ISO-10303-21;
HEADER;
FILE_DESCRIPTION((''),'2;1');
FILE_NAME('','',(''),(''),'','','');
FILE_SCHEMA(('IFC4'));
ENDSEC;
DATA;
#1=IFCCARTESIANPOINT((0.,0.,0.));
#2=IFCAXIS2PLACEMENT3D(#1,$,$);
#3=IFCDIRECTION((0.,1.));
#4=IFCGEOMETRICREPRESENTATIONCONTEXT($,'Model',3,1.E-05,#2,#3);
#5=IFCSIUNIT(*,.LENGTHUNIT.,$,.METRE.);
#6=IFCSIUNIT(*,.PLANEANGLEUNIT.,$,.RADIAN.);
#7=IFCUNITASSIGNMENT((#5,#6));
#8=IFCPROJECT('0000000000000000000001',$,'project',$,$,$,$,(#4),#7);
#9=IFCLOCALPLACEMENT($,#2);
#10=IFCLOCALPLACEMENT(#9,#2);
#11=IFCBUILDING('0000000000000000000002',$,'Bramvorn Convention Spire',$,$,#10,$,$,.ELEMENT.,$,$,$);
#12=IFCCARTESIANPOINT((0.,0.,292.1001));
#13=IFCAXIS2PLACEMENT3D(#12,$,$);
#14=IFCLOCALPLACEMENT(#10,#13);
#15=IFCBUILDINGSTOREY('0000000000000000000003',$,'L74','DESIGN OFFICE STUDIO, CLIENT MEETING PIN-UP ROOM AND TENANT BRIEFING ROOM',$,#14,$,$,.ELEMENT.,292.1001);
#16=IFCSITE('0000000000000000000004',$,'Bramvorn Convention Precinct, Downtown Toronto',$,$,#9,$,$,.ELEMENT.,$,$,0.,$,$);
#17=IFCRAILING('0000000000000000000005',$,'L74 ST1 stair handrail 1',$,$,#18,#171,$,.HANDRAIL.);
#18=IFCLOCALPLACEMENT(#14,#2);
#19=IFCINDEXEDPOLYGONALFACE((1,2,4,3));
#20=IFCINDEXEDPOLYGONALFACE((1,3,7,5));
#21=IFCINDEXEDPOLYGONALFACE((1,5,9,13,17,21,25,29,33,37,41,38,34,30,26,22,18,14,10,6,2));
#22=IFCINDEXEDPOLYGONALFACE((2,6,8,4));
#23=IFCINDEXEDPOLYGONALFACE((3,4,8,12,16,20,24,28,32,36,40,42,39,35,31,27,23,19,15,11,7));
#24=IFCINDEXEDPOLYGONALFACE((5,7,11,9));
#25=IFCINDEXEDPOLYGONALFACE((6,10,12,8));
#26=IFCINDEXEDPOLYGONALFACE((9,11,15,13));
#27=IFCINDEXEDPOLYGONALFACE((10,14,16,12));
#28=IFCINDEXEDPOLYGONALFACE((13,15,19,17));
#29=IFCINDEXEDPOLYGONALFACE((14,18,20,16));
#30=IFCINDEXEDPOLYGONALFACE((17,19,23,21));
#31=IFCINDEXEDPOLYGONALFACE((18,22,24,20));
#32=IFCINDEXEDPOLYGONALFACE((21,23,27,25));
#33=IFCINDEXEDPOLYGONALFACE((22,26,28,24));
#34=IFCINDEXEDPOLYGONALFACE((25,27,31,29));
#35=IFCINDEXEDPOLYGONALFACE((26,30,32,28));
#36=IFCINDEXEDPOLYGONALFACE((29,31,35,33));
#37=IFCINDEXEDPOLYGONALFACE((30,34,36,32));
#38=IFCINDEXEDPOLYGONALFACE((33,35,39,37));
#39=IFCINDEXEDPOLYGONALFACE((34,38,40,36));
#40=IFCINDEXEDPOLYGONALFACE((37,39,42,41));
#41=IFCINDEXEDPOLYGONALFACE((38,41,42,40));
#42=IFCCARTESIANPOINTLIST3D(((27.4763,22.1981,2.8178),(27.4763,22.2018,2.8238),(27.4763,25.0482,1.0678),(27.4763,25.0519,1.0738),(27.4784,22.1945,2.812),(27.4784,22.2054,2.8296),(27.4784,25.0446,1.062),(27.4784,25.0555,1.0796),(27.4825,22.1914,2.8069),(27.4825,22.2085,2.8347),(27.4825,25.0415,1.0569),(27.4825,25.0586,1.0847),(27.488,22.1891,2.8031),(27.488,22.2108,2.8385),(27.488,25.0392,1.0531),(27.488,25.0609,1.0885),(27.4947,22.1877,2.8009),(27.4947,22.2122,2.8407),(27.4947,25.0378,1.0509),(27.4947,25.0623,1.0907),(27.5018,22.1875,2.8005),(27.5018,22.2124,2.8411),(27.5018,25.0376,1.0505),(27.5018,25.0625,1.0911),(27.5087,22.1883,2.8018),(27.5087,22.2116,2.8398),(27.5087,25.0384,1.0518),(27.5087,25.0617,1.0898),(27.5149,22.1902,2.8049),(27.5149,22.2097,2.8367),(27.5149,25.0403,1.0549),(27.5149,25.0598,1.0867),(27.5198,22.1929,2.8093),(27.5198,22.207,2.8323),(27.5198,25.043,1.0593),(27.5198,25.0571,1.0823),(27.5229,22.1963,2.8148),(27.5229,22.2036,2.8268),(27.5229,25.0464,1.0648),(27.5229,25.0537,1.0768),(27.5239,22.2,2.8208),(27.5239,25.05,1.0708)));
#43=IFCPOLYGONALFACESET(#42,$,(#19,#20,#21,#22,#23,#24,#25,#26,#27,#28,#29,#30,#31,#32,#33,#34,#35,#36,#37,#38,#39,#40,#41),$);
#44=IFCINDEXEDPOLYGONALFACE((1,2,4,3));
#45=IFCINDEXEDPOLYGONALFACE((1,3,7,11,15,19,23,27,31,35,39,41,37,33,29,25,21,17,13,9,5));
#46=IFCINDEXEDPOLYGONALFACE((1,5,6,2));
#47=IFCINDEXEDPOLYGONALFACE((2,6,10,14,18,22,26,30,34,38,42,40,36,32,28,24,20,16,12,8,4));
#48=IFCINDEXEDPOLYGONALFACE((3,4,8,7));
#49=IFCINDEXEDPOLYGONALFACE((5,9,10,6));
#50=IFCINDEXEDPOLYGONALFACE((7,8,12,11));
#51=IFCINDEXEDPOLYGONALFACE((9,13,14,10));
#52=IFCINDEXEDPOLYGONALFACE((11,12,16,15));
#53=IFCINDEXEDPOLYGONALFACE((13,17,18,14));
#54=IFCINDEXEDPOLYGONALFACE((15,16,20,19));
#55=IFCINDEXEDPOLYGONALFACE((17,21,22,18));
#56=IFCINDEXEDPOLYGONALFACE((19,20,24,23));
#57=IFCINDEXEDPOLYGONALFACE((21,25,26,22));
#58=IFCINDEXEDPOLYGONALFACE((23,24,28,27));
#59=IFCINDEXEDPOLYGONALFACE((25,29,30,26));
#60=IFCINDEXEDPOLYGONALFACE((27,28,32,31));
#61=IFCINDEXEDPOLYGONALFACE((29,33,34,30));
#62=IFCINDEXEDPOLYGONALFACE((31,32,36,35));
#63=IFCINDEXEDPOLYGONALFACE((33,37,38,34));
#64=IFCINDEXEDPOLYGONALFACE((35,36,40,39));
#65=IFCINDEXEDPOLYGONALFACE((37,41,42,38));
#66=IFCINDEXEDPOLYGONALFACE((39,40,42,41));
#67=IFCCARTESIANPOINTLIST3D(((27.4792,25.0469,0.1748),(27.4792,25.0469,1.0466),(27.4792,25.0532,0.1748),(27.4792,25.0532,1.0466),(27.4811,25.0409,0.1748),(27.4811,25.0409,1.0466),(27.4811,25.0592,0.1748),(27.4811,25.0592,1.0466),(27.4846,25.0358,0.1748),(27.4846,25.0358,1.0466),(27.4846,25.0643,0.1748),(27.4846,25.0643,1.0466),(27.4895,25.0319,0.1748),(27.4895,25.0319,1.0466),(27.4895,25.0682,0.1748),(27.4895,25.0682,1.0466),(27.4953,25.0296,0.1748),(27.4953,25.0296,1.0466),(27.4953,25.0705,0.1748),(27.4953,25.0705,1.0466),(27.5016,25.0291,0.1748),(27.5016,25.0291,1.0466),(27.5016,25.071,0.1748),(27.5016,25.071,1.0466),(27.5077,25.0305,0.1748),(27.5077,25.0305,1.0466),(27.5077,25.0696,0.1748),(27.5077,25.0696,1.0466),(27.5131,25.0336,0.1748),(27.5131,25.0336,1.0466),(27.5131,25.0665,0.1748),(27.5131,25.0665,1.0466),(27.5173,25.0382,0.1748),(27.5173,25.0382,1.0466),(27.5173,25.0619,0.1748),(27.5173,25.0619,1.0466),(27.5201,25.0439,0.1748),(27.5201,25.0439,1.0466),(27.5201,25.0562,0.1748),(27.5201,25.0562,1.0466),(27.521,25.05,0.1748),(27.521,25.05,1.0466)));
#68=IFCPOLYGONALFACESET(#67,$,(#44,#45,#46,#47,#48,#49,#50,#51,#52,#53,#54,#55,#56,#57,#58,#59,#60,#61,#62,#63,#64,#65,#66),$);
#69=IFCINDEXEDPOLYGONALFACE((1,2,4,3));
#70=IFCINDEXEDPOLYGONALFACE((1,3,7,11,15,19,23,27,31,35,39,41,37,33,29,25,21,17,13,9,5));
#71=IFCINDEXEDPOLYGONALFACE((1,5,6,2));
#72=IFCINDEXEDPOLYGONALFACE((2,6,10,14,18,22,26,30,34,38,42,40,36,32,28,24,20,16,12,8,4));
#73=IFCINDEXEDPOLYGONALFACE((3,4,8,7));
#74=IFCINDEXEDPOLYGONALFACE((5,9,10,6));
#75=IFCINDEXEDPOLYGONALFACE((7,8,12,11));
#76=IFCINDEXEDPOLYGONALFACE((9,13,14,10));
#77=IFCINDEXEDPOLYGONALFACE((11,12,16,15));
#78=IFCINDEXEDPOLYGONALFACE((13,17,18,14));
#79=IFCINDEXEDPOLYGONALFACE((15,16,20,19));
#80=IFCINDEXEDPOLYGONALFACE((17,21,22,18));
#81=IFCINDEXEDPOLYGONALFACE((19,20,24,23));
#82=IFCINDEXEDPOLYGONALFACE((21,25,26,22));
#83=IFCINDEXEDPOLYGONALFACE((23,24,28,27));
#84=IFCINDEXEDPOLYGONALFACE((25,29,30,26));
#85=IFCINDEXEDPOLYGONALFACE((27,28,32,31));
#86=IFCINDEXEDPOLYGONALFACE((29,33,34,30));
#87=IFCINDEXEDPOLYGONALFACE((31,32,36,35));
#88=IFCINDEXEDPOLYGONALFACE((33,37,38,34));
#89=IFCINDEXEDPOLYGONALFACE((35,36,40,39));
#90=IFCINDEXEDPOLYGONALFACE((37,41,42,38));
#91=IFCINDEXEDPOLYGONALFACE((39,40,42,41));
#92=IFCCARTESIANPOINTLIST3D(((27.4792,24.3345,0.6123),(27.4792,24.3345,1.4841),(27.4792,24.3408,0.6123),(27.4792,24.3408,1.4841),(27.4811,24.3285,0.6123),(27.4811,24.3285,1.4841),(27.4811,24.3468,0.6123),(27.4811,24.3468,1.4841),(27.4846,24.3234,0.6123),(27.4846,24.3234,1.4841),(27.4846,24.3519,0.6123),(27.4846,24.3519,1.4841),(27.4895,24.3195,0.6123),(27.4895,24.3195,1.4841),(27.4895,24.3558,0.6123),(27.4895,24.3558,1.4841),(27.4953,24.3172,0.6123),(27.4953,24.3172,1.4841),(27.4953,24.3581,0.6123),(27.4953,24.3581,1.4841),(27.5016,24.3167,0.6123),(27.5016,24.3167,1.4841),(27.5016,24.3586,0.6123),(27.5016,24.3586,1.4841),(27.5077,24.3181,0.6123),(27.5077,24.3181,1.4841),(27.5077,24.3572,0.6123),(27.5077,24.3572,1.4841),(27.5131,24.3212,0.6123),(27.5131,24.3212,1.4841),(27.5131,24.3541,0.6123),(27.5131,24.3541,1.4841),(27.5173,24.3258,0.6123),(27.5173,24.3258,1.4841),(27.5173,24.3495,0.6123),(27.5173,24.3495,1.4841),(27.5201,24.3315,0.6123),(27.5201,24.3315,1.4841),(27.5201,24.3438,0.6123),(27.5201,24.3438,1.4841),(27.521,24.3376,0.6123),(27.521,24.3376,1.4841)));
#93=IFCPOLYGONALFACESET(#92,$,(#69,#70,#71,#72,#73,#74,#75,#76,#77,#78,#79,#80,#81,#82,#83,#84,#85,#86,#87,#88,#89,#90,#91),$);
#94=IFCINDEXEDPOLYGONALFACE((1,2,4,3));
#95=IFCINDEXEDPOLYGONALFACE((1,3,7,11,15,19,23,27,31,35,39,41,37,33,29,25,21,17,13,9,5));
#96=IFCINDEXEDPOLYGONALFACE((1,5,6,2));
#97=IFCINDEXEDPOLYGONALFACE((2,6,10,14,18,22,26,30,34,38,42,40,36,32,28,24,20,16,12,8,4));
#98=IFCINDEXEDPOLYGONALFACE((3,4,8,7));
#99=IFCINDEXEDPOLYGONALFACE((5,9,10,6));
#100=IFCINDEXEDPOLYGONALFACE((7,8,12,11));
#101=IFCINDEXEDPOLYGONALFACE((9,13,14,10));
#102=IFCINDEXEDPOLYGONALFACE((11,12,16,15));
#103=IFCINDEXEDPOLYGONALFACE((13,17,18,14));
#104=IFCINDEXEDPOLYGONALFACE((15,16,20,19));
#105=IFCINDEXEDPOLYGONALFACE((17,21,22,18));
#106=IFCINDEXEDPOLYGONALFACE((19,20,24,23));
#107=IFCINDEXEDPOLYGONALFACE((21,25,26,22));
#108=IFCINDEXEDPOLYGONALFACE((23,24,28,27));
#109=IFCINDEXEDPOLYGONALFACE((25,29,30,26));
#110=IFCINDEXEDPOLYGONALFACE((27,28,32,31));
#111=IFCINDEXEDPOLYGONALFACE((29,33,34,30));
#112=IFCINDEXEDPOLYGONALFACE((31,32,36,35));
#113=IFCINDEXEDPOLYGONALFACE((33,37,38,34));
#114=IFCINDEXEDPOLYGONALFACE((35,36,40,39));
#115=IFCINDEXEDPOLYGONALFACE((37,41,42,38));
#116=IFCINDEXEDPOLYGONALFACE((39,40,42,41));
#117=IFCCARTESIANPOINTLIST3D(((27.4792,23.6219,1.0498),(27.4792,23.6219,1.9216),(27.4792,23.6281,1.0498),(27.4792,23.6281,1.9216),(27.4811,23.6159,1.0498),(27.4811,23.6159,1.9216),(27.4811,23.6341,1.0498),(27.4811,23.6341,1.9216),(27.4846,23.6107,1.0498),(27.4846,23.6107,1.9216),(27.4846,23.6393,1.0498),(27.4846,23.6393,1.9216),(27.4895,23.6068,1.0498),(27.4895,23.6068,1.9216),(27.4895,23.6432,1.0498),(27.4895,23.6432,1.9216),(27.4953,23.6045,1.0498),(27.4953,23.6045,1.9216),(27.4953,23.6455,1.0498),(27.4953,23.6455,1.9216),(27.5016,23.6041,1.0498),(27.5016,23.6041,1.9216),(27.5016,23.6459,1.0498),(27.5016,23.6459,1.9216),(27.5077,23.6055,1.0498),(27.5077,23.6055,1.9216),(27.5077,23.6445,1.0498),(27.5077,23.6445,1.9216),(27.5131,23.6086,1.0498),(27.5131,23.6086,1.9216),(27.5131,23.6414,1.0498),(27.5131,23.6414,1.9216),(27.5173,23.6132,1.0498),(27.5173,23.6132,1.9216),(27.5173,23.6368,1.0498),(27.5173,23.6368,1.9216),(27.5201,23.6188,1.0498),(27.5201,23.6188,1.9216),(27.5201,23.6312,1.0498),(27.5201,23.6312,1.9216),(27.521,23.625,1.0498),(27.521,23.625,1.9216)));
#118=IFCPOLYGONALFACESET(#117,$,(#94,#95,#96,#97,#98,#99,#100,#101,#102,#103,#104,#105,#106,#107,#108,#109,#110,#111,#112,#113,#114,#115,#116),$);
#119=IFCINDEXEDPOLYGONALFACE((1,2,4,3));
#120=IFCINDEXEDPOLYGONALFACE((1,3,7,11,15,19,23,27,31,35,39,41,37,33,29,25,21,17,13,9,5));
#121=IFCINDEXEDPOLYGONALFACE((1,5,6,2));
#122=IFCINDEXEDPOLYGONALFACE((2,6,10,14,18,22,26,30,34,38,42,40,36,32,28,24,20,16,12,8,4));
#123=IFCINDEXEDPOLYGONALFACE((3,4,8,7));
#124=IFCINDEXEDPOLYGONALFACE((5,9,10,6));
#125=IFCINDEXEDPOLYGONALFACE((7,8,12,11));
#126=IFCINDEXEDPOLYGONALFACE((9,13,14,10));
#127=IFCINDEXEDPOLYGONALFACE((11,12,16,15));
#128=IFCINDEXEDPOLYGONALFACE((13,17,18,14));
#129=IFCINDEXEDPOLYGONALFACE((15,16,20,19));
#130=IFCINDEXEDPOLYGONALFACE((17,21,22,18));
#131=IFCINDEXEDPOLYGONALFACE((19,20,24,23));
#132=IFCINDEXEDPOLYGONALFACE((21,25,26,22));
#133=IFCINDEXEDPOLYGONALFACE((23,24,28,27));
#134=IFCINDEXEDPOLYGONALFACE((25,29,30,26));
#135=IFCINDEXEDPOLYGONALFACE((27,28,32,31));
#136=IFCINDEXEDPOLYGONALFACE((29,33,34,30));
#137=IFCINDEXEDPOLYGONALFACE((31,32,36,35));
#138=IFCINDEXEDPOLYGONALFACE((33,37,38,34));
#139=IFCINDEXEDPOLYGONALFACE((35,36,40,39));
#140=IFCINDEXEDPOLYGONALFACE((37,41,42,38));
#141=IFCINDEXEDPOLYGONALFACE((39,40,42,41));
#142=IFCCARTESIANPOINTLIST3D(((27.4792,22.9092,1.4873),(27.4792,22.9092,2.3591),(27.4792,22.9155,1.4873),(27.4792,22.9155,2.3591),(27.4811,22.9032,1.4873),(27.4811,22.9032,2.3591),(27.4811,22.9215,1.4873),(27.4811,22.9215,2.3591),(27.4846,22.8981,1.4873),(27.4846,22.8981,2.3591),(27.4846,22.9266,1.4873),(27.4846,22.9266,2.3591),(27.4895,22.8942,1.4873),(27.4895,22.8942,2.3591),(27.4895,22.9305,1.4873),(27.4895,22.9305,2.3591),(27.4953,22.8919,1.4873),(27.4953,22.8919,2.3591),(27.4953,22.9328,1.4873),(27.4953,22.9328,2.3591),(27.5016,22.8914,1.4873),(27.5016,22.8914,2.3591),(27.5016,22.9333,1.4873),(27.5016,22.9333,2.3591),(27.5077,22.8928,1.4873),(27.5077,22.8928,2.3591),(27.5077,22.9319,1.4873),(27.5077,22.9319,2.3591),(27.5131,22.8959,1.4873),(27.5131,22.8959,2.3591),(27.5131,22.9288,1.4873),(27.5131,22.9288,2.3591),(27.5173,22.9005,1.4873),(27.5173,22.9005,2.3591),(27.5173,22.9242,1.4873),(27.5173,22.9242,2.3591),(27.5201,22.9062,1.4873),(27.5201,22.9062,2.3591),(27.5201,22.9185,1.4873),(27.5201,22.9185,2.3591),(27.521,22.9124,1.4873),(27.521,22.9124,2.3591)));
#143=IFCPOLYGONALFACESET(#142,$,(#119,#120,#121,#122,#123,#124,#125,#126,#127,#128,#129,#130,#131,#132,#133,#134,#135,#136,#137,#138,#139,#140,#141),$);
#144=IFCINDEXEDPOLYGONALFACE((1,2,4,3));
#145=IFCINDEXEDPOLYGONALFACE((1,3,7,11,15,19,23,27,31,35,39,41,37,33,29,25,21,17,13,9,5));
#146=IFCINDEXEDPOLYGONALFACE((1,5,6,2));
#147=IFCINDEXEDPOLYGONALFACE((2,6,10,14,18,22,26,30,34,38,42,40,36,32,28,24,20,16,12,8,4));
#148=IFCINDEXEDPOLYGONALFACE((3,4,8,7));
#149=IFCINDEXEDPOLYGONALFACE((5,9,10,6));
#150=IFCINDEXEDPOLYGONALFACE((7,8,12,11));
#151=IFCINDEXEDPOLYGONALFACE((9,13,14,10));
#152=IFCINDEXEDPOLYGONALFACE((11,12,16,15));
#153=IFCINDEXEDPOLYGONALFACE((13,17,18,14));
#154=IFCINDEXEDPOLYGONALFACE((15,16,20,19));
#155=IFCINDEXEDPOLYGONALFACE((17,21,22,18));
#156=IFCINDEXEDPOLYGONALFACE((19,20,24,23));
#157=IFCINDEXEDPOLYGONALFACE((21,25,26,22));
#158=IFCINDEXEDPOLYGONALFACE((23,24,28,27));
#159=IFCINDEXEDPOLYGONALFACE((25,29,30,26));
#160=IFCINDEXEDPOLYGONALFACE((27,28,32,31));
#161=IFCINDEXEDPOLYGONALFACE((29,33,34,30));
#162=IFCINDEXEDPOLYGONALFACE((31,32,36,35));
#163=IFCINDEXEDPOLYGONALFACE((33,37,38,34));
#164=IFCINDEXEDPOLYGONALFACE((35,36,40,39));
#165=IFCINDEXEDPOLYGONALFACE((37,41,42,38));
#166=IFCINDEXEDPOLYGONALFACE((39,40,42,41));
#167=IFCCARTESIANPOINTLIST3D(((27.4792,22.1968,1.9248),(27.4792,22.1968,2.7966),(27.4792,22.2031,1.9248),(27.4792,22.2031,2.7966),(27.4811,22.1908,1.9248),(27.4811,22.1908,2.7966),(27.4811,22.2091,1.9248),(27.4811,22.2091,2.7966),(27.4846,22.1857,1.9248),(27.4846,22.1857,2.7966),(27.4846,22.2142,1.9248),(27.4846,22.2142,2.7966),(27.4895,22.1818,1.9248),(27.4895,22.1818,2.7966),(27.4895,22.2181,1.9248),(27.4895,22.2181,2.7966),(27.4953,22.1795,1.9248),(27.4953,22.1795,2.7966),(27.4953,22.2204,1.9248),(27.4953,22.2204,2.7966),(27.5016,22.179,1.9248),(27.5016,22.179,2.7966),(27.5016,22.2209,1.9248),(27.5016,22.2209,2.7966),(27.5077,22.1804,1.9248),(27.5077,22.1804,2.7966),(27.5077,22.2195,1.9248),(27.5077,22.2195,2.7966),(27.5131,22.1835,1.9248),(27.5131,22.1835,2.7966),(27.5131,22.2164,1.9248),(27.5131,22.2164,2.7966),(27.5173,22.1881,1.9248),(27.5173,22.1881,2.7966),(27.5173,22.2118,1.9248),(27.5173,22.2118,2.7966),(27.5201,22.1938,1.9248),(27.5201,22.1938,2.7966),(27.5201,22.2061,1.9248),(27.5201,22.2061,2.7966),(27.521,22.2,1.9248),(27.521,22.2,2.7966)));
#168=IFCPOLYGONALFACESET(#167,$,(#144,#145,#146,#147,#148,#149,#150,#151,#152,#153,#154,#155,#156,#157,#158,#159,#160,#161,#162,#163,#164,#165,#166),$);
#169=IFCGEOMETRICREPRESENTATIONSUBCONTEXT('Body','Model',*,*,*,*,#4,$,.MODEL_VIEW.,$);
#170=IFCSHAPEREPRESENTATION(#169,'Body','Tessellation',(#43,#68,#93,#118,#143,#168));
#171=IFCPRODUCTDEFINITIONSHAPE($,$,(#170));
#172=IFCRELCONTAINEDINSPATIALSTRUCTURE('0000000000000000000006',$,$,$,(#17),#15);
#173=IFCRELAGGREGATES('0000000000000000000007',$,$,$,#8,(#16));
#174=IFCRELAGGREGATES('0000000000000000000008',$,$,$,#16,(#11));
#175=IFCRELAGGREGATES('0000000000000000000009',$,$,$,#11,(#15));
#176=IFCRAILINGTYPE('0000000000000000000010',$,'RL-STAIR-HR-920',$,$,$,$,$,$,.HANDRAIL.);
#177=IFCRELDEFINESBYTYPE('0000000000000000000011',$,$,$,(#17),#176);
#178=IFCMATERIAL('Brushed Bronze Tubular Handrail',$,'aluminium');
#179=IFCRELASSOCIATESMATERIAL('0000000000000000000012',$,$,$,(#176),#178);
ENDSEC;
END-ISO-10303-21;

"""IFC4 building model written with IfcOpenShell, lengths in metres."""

from ifc_helpers import new_model, si_unit, direction, frame, origin, origin_2d, place, context, subcontext, project, spatial, circle, extrude, material, type_object, element, save


model = new_model("IFC4")

# Units and contexts
model_context = context("Model", 3, precision=1e-05, world=origin(), true_north=direction((0.0, 1.0)))
body_context = subcontext(model_context, "Body", "Model", "MODEL_VIEW")
ifc_project = project(units=[si_unit("LENGTHUNIT", "METRE"), si_unit("PLANEANGLEUNIT", "RADIAN")], contexts=[model_context])

# Site, building, storey
site_placement = place(None, origin())
site = spatial("IfcSite", under=ifc_project, at=site_placement, Name="Bramvorn Convention Precinct, Downtown Toronto", CompositionType="ELEMENT", RefElevation=0.0)
building_placement = place(site_placement, origin())
building = spatial("IfcBuilding", under=site, at=building_placement, Name="Bramvorn Convention Spire", CompositionType="ELEMENT")
storey_placement = place(building_placement, frame((0.0, 0.0, 292.1001)))
storey = spatial("IfcBuildingStorey", under=building, at=storey_placement, Name="L74", Description="DESIGN OFFICE STUDIO, CLIENT MEETING PIN-UP ROOM AND TENANT BRIEFING ROOM", CompositionType="ELEMENT", Elevation=292.1001)

# Railing
ifc_material_1 = material(Name="Brushed Bronze Tubular Handrail", Category="aluminium")
railing_type_1 = type_object("IfcRailingType", Name="RL-STAIR-HR-920", PredefinedType="HANDRAIL", material=ifc_material_1)
railing_1_placement = place(storey_placement, frame((27.5, 25.05, 0.1748)))
element("IfcRailing", 1, at=railing_1_placement, inside=storey, type_object=railing_type_1, Name="L74 ST1 stair handrail 1", PredefinedType="HANDRAIL", context=body_context, shape_type="SweptSolid", body=[
    extrude(circle(Radius=0.0239, at=origin_2d()), frame((0.0, 0.0, 0.896), z_axis=(0.0, -0.852179, 0.52325), x_axis=(1.0, 0.0, 0.0)), (0.0, 0.0, 1.0), 3.3445),
    extrude(circle(Radius=0.021, at=origin_2d()), origin(), (0.0, 0.0, 1.0), 0.8718),
    extrude(circle(Radius=0.021, at=origin_2d()), frame((0.0, -0.7124, 0.4375)), (0.0, 0.0, 1.0), 0.8718),
    extrude(circle(Radius=0.021, at=origin_2d()), frame((0.0, -1.425, 0.875)), (0.0, 0.0, 1.0), 0.8718),
    extrude(circle(Radius=0.021, at=origin_2d()), frame((0.0, -2.1377, 1.3125)), (0.0, 0.0, 1.0), 0.8718),
    extrude(circle(Radius=0.021, at=origin_2d()), frame((0.0, -2.8501, 1.75)), (0.0, 0.0, 1.0), 0.8718),
])

save(model, "model.ifc")
